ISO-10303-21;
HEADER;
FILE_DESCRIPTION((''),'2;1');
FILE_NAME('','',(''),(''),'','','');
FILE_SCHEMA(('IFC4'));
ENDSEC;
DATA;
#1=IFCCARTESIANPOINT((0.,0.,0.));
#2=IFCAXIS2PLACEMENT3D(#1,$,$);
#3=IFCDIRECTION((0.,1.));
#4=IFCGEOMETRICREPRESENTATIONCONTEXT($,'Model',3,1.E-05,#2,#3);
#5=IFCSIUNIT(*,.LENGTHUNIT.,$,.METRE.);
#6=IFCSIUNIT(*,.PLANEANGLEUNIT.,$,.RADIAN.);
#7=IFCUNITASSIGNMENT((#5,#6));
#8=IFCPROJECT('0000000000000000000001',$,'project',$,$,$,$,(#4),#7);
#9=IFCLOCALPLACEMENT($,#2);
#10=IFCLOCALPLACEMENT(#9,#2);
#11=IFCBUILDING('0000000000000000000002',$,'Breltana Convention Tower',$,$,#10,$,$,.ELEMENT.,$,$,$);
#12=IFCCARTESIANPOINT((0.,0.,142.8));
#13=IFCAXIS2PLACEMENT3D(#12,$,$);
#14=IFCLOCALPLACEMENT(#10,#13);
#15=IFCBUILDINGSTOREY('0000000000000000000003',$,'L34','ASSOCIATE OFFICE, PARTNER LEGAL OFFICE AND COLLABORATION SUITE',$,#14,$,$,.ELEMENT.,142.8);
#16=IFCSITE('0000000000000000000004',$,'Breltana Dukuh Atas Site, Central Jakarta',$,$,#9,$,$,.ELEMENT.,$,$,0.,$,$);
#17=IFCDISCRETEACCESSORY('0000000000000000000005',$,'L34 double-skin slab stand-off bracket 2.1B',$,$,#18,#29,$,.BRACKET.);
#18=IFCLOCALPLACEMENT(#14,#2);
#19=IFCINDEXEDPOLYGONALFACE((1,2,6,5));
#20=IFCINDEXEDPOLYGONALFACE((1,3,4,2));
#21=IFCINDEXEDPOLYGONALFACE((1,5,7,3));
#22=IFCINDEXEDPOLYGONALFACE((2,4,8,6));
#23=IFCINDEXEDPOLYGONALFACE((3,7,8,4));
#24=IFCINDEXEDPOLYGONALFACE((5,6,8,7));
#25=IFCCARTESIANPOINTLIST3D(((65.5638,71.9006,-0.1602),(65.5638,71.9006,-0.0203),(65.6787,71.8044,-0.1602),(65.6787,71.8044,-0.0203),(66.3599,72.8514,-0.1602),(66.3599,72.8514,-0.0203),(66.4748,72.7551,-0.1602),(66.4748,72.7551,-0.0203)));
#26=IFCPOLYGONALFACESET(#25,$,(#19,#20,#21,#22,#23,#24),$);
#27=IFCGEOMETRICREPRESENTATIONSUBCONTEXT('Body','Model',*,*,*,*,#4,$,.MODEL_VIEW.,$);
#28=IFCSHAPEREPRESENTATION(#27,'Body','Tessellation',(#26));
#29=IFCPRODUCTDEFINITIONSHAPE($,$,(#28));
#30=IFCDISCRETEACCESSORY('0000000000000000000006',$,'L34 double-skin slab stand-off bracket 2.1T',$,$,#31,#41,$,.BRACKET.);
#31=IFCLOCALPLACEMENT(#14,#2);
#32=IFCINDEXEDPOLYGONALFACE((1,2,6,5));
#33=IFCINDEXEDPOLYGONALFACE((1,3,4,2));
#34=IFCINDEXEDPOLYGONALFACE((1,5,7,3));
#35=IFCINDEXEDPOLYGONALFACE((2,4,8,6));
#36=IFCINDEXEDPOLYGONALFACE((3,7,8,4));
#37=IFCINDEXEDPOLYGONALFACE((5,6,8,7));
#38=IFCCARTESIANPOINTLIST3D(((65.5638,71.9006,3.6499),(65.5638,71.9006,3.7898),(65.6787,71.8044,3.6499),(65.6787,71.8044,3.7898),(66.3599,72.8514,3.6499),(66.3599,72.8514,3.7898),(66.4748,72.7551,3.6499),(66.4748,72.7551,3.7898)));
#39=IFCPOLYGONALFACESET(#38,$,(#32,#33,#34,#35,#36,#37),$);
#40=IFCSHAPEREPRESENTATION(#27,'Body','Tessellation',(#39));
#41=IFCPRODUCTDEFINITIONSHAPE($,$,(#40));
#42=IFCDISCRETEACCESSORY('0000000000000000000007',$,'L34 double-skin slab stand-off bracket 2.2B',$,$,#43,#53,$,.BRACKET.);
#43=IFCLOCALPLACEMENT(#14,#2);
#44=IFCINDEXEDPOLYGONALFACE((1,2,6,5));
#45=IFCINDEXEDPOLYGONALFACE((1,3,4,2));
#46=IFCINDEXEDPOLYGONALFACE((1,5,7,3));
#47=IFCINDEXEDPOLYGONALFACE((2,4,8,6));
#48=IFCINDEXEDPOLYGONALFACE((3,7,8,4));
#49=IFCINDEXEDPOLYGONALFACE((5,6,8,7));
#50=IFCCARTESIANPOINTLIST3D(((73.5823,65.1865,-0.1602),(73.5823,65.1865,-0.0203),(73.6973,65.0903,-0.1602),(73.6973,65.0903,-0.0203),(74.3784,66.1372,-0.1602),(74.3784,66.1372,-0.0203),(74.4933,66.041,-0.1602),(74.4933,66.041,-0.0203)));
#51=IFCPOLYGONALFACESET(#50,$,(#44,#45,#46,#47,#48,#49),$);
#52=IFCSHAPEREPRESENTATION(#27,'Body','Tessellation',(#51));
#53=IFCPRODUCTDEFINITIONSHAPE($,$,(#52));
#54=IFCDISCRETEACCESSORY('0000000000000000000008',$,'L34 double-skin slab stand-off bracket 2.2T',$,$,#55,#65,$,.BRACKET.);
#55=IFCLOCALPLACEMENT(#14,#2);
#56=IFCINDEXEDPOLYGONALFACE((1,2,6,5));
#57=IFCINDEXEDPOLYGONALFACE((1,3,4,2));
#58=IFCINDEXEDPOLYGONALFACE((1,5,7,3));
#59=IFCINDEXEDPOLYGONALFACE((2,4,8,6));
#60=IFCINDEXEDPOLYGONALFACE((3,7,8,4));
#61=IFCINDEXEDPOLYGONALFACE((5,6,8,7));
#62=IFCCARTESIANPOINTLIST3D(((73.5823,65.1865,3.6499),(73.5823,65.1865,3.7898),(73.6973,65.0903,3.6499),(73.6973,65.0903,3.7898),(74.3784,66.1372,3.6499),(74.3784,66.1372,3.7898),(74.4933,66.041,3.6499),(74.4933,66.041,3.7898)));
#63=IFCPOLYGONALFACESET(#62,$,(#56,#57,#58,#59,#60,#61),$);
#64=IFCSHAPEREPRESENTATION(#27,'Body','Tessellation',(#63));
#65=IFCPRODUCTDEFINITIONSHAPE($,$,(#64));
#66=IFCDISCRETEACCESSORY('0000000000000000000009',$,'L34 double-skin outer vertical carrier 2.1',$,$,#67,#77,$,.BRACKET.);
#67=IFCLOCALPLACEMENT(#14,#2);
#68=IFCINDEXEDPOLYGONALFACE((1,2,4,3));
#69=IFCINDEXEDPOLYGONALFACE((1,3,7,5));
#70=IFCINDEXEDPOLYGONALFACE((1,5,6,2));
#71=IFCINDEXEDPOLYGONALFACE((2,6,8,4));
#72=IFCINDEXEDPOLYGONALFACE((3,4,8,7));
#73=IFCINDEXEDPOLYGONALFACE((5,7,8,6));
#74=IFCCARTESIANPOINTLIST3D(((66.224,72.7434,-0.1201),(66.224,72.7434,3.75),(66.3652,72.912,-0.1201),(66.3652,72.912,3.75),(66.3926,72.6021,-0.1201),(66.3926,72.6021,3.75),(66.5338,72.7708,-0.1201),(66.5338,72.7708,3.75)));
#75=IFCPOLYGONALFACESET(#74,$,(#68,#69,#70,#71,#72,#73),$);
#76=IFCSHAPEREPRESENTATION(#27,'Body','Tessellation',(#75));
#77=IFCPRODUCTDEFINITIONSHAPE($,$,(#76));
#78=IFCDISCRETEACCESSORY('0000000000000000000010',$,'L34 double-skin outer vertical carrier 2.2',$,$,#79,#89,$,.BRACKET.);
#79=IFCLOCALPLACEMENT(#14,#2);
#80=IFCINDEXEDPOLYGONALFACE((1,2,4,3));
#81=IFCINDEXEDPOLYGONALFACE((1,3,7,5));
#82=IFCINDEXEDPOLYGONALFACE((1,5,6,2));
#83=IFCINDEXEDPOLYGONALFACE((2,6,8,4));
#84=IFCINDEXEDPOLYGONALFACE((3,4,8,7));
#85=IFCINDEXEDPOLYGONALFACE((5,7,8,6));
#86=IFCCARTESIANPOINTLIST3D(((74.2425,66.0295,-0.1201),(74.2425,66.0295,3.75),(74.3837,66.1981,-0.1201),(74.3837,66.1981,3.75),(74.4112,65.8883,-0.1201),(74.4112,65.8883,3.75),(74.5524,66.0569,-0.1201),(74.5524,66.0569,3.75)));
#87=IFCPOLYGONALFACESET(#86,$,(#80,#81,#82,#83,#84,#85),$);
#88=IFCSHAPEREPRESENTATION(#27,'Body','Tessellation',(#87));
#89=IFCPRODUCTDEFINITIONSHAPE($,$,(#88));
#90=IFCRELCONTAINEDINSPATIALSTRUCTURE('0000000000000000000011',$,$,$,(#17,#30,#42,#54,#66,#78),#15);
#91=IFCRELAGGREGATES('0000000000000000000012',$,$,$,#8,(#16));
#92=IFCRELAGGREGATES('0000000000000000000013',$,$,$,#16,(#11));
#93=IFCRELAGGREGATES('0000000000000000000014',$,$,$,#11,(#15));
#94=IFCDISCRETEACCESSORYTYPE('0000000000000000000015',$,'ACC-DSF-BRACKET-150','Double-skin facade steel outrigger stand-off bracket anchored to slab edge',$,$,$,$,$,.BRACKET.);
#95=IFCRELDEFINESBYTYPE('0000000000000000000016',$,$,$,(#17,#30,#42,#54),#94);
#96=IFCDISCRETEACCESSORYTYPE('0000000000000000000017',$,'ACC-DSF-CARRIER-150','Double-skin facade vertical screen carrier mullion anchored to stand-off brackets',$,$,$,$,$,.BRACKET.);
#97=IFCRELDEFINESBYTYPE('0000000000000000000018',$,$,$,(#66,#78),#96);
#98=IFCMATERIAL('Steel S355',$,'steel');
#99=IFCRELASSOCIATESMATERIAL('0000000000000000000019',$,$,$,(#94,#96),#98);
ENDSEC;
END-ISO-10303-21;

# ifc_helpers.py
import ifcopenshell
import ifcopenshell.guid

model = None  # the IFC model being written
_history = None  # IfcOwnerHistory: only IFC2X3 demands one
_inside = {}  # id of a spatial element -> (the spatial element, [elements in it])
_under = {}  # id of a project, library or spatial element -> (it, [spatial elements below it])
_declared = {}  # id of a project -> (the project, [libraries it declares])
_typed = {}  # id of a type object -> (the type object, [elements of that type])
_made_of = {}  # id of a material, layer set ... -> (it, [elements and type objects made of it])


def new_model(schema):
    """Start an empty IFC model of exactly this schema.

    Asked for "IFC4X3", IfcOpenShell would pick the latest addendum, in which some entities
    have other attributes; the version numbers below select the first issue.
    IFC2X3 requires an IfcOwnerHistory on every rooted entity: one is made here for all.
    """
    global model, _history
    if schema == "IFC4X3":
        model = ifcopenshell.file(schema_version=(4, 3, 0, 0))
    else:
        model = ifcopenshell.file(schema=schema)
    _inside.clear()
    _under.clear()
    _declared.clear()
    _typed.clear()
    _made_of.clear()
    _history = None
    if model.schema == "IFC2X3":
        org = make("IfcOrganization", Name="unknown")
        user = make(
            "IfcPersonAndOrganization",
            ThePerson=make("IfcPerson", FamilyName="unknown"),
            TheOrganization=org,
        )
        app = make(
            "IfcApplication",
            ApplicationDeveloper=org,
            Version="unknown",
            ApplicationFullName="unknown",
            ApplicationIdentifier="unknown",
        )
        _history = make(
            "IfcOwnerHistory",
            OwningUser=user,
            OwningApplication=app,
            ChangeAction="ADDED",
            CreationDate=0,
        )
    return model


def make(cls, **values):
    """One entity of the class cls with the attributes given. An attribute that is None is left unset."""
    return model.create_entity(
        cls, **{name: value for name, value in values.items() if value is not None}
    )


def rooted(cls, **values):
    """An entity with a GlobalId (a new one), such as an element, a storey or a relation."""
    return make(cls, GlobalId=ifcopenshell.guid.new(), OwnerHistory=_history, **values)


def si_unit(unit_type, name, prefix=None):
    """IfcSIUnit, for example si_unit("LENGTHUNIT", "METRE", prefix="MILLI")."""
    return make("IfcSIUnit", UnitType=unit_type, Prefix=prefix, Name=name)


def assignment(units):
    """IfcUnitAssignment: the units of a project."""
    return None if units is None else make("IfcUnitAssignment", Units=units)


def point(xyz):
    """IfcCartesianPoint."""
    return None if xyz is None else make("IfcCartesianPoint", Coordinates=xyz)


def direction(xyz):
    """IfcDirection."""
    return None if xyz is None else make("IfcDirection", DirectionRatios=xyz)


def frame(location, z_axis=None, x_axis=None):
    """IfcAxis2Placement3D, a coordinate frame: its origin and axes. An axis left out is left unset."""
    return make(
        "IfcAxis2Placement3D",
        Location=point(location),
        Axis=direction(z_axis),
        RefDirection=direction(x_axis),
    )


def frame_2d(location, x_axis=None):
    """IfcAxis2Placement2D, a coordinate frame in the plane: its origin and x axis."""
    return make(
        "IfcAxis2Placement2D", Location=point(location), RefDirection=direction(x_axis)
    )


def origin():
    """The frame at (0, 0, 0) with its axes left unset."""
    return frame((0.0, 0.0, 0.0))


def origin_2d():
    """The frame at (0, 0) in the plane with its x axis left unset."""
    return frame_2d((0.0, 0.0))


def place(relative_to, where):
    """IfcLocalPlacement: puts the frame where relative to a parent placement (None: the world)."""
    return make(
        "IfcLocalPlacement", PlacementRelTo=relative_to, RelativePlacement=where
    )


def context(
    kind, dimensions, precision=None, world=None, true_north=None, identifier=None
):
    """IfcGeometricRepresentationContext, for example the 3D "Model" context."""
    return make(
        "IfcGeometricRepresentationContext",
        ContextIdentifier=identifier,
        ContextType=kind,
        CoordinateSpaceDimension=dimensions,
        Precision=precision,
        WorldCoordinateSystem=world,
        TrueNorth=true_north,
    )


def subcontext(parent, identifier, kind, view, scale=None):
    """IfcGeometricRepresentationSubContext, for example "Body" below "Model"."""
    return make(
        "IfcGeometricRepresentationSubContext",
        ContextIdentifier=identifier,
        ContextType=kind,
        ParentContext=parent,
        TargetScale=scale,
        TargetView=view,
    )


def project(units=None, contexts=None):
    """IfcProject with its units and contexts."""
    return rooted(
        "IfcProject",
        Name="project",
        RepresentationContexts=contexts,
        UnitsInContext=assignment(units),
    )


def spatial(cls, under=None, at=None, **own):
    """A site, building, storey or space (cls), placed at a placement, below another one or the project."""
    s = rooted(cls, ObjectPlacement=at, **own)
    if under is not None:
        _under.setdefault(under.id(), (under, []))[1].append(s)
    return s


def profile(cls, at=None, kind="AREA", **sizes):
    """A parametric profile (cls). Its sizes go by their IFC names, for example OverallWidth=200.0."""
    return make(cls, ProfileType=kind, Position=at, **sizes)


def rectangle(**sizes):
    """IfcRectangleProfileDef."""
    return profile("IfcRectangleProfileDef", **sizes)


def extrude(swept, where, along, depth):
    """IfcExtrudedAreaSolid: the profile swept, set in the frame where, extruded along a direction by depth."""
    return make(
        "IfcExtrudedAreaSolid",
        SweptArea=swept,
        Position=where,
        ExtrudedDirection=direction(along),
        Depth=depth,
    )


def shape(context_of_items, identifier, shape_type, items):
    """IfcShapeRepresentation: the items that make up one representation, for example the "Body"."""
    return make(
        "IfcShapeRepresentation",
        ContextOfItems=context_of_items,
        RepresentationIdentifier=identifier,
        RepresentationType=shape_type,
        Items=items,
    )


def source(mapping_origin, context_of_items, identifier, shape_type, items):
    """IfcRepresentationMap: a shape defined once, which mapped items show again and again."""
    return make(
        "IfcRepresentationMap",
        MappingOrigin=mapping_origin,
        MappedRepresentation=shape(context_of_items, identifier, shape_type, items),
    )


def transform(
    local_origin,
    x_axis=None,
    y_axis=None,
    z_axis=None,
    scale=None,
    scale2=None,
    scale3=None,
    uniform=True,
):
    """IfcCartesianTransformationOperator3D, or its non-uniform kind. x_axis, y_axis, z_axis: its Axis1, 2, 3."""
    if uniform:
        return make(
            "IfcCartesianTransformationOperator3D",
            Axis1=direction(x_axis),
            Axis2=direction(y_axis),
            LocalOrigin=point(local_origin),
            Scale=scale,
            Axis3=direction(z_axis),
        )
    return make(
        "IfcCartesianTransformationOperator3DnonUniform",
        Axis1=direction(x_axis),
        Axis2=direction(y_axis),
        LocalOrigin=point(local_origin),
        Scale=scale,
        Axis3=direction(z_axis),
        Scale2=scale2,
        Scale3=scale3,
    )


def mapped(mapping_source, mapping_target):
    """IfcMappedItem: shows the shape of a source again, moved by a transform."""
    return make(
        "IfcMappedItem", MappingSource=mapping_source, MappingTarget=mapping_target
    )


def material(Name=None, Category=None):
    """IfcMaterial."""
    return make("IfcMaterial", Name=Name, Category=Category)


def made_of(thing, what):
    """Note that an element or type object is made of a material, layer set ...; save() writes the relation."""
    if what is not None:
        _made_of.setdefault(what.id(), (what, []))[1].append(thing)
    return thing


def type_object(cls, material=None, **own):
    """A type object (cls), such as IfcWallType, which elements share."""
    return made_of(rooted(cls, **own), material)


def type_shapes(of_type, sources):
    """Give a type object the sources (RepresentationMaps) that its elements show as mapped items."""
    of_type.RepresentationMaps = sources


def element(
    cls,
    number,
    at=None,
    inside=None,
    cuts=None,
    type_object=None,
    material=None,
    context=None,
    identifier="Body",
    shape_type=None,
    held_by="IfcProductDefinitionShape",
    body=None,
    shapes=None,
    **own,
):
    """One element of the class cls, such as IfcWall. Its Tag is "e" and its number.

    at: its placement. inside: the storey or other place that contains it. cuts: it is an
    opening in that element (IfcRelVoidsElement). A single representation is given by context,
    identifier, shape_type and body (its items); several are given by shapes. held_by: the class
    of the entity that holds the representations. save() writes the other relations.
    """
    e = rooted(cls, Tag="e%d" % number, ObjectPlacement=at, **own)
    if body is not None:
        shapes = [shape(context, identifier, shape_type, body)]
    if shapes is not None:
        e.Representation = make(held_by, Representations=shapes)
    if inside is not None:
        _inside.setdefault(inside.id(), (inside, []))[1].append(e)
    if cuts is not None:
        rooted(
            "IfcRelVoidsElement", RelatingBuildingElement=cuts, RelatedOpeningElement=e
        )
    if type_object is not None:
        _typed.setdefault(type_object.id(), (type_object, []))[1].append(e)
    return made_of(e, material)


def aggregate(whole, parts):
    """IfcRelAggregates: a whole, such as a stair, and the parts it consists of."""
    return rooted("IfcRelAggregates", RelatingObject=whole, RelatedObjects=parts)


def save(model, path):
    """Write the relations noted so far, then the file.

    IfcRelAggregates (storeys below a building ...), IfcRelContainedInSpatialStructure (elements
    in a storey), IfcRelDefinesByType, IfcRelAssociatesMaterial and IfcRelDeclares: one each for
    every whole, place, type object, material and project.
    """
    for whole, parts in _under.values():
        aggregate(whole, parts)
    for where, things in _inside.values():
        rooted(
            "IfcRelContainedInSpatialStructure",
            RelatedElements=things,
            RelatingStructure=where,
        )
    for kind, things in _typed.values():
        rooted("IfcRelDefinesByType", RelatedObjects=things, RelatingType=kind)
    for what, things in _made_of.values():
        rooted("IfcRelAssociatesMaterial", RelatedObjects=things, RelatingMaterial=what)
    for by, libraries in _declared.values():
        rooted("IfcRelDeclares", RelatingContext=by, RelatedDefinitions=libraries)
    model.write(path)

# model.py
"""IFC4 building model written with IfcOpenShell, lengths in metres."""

from ifc_helpers import new_model, si_unit, direction, frame, origin, origin_2d, place, context, subcontext, project, spatial, rectangle, extrude, source, transform, mapped, material, type_object, type_shapes, element, save


model = new_model("IFC4")

# Units and contexts
model_context = context("Model", 3, precision=1e-05, world=origin(), true_north=direction((0.0, 1.0)))
body_context = subcontext(model_context, "Body", "Model", "MODEL_VIEW")
ifc_project = project(units=[si_unit("LENGTHUNIT", "METRE"), si_unit("PLANEANGLEUNIT", "RADIAN")], contexts=[model_context])

# Site, building, storey
site_placement = place(None, origin())
site = spatial("IfcSite", under=ifc_project, at=site_placement, Name="Breltana Dukuh Atas Site, Central Jakarta", CompositionType="ELEMENT", RefElevation=0.0)
building_placement = place(site_placement, origin())
building = spatial("IfcBuilding", under=site, at=building_placement, Name="Breltana Convention Tower", CompositionType="ELEMENT")
storey_placement = place(building_placement, frame((0.0, 0.0, 142.8)))
storey = spatial("IfcBuildingStorey", under=building, at=storey_placement, Name="L34", Description="ASSOCIATE OFFICE, PARTNER LEGAL OFFICE AND COLLABORATION SUITE", CompositionType="ELEMENT", Elevation=142.8)

# Discrete accessories
ifc_material_1 = material(Name="Steel S355", Category="steel")
discrete_accessory_type_1 = type_object("IfcDiscreteAccessoryType", Name="ACC-DSF-BRACKET-150", Description="Double-skin facade steel outrigger stand-off bracket anchored to slab edge", PredefinedType="BRACKET", material=ifc_material_1)
shared_shape_1 = source(origin(), body_context, "Body", "SweptSolid", [
    extrude(rectangle(XDim=1.24, YDim=0.1499, at=origin_2d()), origin(), (0.0, 0.0, 1.0), 0.1399),
])
type_shapes(discrete_accessory_type_1, [shared_shape_1])
for number, where, z_axis, x_axis, name in (
    (1, (66.0193, 72.3279, -0.1602), (0.0, 0.0, 1.0), (0.641989, 0.766714, 0.0), "L34 double-skin slab stand-off bracket 2.1B"),
    (2, (66.0193, 72.3279, 3.6499), (0.0, 0.0, 1.0), (0.641989, 0.766714, 0.0), "L34 double-skin slab stand-off bracket 2.1T"),
    (3, (74.0378, 65.6138, -0.1602), (0.0, 0.0, 1.0), (0.641989, 0.766714, 0.0), "L34 double-skin slab stand-off bracket 2.2B"),
    (4, (74.0378, 65.6138, 3.6499), (0.0, 0.0, 1.0), (0.641989, 0.766714, 0.0), "L34 double-skin slab stand-off bracket 2.2T"),
):
    element("IfcDiscreteAccessory", number, at=place(storey_placement, frame(where, z_axis=z_axis, x_axis=x_axis)), inside=storey, type_object=discrete_accessory_type_1, Name=name, PredefinedType="BRACKET", context=body_context, shape_type="MappedRepresentation", body=[
        mapped(shared_shape_1, transform((0.0, 0.0, 0.0), scale=1.0)),
    ])
discrete_accessory_type_2 = type_object("IfcDiscreteAccessoryType", Name="ACC-DSF-CARRIER-150", Description="Double-skin facade vertical screen carrier mullion anchored to stand-off brackets", PredefinedType="BRACKET", material=ifc_material_1)
shared_shape_2 = source(origin(), body_context, "Body", "SweptSolid", [
    extrude(rectangle(XDim=0.22, YDim=0.22, at=origin_2d()), origin(), (0.0, 0.0, 1.0), 3.8701),
])
for number, where, z_axis, x_axis, name in (
    (5, (66.3789, 72.7571, -0.1201), (0.0, 0.0, 1.0), (0.641989, 0.766714, 0.0), "L34 double-skin outer vertical carrier 2.1"),
    (6, (74.3975, 66.0432, -0.1201), (0.0, 0.0, 1.0), (0.641989, 0.766714, 0.0), "L34 double-skin outer vertical carrier 2.2"),
):
    element("IfcDiscreteAccessory", number, at=place(storey_placement, frame(where, z_axis=z_axis, x_axis=x_axis)), inside=storey, type_object=discrete_accessory_type_2, Name=name, PredefinedType="BRACKET", context=body_context, shape_type="MappedRepresentation", body=[
        mapped(shared_shape_2, transform((0.0, 0.0, 0.0), scale=1.0)),
    ])

save(model, "model.ifc")
